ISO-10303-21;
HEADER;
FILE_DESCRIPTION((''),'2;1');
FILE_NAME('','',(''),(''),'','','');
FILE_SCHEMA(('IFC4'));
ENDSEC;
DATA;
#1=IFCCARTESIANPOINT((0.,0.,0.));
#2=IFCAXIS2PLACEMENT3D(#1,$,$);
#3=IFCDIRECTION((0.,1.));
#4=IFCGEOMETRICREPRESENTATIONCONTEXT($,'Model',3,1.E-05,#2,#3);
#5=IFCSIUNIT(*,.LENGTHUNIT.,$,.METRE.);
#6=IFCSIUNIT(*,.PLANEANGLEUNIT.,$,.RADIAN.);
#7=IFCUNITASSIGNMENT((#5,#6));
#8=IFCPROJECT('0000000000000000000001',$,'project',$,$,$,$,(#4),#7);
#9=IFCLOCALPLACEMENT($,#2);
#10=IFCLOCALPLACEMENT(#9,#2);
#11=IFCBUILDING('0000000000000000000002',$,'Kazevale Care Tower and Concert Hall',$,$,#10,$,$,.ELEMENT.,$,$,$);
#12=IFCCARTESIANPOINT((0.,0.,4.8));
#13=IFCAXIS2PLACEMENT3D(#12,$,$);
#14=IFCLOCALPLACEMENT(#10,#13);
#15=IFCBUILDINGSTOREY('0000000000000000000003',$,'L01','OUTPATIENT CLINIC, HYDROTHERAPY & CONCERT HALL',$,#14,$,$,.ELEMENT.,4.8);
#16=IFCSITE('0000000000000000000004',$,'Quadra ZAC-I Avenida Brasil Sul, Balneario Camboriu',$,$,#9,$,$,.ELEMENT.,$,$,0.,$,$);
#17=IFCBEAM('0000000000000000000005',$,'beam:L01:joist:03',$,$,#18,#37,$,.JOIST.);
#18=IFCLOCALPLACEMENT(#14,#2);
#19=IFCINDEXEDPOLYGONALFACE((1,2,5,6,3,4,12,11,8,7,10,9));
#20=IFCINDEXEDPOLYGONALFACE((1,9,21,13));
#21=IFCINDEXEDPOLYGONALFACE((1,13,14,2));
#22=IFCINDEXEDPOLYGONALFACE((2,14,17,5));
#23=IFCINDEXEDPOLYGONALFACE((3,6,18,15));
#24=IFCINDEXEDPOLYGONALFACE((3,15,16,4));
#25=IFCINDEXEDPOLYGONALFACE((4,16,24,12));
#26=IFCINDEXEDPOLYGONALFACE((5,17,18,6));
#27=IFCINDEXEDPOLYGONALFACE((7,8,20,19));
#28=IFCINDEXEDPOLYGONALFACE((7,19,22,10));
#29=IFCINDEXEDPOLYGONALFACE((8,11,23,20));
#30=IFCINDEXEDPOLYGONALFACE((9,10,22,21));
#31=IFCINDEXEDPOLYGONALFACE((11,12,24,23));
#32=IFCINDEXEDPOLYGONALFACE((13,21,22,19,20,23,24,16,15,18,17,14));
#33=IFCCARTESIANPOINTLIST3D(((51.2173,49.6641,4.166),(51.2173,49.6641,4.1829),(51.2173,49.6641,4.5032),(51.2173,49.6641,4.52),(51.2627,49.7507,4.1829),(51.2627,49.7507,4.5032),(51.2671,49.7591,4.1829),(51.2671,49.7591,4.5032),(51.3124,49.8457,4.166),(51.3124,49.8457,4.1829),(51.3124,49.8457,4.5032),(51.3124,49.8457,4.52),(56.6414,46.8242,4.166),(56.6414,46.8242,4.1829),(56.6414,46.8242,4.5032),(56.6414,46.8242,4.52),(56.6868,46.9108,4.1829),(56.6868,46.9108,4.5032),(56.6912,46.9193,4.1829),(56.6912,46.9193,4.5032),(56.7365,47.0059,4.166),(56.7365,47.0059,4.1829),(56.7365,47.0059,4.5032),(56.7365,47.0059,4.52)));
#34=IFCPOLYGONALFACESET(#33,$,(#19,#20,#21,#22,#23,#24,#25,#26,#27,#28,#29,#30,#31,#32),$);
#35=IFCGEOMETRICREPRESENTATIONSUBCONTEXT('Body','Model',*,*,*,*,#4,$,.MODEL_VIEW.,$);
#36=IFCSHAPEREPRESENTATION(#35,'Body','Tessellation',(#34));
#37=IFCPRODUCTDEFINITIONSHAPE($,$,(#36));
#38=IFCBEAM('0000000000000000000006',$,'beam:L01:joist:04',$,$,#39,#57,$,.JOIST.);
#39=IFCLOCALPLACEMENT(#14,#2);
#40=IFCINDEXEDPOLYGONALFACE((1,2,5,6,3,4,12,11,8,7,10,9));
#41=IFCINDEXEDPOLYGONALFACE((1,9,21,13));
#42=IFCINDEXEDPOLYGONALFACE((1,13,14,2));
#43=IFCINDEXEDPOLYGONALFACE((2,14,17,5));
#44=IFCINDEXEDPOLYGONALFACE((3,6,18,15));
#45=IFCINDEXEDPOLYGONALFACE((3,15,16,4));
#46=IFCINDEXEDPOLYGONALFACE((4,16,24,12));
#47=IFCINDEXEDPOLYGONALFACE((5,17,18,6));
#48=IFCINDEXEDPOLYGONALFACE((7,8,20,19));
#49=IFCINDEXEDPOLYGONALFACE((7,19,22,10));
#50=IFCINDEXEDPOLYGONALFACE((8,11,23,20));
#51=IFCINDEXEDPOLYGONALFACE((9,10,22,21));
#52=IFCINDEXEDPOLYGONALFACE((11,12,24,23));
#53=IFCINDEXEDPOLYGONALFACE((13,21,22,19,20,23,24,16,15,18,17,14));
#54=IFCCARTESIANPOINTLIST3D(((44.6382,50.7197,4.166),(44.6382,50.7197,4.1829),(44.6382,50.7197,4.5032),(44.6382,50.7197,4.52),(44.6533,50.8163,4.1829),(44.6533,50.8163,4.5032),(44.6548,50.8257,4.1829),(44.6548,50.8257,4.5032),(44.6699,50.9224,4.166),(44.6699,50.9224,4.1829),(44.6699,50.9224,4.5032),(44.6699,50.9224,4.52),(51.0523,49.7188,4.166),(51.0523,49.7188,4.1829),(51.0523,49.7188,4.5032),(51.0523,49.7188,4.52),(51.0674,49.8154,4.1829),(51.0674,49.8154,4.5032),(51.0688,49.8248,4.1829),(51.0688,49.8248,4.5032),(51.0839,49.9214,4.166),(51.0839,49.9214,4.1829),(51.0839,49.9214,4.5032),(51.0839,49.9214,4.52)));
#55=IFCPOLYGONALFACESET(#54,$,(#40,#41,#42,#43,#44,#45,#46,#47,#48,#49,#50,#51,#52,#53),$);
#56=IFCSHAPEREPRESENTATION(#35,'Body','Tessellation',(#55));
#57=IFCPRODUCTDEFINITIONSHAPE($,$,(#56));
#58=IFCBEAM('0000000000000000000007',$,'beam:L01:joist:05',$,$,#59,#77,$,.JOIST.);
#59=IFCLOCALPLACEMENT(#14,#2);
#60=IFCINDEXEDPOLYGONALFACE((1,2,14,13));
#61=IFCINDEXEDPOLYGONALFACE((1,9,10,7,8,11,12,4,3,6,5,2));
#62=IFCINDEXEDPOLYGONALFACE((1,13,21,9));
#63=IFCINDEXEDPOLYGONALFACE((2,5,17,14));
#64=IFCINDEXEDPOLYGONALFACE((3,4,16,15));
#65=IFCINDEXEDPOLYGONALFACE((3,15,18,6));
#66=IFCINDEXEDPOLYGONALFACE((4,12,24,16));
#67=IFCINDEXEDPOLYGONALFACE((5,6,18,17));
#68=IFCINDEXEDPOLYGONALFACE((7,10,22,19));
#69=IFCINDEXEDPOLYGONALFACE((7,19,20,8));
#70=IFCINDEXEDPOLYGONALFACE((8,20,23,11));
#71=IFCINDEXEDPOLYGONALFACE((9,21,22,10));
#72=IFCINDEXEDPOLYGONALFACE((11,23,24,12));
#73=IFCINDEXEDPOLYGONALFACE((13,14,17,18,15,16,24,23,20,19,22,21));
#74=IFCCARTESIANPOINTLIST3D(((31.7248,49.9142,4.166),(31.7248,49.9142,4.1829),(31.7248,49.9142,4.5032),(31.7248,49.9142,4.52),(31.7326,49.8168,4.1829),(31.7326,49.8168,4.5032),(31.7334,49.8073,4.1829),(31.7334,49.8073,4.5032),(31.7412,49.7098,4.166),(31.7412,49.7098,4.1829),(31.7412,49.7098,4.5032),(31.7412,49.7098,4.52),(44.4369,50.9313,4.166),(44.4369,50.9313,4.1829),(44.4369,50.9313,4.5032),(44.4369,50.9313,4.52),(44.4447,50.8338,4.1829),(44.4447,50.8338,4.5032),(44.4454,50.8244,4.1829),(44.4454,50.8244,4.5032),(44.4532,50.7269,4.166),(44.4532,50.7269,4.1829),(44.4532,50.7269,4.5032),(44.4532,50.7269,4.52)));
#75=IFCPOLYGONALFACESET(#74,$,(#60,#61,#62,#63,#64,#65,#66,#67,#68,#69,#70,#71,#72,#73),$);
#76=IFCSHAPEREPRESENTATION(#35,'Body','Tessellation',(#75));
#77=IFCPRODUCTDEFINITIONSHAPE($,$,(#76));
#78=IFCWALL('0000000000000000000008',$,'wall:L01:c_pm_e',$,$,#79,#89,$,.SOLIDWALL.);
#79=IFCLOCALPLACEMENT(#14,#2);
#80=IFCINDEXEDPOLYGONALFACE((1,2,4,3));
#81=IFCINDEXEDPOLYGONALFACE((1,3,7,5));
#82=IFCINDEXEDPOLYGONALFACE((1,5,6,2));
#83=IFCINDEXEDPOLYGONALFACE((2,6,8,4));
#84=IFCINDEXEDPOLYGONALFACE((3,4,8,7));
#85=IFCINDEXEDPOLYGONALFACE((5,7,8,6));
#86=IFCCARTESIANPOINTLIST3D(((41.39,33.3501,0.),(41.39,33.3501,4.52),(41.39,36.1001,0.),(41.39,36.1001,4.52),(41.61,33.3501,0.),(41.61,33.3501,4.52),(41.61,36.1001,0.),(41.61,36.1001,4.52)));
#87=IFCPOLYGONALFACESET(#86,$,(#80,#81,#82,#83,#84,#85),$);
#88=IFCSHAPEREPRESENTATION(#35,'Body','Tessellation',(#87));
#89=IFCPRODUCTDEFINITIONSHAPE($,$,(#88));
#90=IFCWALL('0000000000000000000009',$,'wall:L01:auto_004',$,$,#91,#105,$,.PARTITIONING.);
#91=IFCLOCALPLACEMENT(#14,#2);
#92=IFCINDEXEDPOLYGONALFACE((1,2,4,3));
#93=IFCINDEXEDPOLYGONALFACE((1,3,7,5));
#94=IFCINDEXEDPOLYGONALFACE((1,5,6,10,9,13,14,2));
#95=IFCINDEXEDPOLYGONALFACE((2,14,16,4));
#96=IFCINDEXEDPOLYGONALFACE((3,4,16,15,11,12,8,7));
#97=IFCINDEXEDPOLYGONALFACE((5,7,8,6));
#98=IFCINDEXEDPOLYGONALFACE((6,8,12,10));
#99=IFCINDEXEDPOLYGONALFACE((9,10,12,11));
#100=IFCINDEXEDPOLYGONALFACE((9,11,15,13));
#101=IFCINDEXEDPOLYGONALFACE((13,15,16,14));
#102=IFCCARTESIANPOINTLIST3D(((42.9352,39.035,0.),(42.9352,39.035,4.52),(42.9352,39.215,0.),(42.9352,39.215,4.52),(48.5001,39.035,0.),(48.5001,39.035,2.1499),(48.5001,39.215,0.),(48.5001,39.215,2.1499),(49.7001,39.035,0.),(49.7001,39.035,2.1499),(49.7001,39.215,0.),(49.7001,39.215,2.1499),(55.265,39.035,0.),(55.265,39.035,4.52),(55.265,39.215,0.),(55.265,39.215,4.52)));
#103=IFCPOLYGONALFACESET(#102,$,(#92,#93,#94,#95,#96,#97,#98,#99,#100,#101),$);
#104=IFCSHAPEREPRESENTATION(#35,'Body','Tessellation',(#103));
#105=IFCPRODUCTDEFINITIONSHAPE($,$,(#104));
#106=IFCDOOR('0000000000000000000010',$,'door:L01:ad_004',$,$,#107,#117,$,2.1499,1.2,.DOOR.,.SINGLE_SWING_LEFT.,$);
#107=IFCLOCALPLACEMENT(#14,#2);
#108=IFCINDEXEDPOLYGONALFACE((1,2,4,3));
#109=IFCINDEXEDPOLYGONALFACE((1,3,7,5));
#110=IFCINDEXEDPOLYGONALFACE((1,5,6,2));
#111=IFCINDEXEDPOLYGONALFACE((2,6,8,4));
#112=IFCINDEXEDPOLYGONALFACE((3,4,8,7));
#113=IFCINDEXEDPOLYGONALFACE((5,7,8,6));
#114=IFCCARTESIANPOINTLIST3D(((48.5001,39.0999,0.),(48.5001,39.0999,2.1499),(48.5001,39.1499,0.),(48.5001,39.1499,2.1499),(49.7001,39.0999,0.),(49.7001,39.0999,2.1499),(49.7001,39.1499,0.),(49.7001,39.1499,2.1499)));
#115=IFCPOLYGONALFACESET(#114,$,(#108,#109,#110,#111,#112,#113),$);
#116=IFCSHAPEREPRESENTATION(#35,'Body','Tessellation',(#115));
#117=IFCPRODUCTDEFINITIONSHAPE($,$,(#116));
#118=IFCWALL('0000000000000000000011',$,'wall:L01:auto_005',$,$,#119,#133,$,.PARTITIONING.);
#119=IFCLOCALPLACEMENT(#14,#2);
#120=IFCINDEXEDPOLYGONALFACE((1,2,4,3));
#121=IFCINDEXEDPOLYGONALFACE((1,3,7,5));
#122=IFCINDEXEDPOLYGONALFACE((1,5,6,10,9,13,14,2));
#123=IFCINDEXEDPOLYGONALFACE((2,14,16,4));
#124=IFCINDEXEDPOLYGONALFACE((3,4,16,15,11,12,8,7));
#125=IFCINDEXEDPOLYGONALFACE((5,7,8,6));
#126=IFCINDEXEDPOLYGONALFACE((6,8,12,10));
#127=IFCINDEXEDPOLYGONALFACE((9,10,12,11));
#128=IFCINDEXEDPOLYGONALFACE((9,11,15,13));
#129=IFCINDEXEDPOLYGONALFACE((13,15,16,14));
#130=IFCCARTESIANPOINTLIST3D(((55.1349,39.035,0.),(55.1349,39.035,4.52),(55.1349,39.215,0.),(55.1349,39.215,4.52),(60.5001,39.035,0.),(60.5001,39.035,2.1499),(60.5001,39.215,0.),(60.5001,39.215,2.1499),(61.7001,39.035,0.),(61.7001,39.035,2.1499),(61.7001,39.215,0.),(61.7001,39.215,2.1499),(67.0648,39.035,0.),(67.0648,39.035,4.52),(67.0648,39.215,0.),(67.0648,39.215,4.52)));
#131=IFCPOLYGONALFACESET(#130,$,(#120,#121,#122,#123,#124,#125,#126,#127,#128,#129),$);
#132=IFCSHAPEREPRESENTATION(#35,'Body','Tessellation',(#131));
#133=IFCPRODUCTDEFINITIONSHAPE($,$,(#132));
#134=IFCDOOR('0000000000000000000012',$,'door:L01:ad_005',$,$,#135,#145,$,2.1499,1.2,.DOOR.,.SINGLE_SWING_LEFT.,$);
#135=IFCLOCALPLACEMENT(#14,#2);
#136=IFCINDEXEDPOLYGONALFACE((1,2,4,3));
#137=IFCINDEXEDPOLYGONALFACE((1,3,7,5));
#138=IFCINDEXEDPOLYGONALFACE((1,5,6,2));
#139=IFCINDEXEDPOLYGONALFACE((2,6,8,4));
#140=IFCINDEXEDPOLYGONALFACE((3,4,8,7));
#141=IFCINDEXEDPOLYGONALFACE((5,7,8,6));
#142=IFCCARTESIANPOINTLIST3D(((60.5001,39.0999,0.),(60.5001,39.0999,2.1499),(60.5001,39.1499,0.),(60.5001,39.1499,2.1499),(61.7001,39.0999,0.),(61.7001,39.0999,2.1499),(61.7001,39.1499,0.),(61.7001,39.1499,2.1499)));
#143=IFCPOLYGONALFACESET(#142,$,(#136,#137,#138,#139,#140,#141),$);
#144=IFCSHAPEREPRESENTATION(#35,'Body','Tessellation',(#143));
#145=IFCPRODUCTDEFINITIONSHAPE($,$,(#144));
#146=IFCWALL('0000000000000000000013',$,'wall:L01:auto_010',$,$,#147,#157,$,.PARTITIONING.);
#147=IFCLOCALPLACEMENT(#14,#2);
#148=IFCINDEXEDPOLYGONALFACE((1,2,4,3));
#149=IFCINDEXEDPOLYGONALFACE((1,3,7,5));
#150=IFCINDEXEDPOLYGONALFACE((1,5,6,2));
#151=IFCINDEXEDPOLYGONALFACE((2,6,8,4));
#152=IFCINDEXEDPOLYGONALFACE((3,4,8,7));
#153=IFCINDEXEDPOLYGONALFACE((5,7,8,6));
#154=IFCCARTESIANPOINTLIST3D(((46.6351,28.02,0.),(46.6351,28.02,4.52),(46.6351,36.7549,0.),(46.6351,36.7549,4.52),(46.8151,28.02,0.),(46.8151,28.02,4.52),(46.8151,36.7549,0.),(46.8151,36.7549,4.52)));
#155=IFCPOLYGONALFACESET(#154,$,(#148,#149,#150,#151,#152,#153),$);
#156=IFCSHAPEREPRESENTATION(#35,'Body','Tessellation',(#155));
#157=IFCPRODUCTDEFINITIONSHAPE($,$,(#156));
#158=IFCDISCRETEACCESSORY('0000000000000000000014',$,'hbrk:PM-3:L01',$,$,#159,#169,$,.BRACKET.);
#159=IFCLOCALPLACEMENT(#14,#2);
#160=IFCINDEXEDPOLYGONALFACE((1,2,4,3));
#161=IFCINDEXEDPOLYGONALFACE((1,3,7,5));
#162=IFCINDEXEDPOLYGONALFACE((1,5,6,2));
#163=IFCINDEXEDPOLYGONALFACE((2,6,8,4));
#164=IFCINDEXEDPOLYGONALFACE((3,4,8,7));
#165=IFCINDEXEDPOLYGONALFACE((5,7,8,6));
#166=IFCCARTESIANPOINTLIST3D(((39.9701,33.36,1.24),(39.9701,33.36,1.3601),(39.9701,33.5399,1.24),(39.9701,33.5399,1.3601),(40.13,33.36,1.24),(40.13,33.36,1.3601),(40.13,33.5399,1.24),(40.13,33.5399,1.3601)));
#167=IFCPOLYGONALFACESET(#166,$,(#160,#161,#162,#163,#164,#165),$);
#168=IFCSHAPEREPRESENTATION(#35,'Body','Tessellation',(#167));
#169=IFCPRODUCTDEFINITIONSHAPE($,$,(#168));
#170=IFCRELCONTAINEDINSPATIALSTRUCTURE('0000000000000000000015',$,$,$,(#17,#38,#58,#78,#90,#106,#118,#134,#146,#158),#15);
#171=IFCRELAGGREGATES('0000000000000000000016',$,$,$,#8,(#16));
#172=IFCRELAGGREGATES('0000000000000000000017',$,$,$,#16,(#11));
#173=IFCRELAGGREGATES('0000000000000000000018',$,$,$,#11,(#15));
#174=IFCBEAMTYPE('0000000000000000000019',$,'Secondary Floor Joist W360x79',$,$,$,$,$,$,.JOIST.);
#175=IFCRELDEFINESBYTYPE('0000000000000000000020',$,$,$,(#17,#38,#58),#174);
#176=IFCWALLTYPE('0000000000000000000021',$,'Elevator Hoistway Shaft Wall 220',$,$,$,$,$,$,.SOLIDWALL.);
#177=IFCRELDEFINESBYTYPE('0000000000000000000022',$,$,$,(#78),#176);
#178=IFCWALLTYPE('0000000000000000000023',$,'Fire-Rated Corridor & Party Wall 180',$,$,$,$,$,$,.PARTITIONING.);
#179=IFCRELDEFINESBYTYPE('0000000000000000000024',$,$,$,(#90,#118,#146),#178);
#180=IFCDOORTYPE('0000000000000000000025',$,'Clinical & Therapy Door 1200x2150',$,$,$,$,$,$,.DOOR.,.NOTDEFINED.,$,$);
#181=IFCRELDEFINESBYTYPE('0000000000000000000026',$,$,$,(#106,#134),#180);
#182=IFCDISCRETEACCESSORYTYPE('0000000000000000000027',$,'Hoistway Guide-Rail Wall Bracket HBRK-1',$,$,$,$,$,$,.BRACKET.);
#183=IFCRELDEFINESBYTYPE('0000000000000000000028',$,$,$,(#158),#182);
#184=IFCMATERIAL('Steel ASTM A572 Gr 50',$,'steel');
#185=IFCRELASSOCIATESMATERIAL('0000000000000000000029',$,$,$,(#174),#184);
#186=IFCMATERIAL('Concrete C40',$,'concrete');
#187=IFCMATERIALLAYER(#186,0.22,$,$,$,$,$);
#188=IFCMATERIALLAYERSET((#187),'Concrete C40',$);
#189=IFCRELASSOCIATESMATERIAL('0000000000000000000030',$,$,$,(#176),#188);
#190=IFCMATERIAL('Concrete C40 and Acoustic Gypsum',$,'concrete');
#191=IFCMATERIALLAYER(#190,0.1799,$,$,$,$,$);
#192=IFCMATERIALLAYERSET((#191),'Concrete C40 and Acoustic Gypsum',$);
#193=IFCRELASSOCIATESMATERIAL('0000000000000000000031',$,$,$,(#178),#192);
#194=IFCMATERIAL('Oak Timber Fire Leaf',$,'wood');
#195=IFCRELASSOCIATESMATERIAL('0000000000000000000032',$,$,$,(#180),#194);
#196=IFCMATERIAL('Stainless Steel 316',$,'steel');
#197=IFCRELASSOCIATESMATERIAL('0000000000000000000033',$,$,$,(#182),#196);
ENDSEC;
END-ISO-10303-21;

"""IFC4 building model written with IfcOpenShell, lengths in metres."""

from ifc_helpers import new_model, si_unit, direction, frame, frame_2d, origin, origin_2d, place, context, subcontext, project, spatial, rectangle, i_section, extrude, material, layer, layer_set, material_profile, profile_set, type_object, element, fill, save


model = new_model("IFC4")

# Units and contexts
model_context = context("Model", 3, precision=1e-05, world=origin(), true_north=direction((0.0, 1.0)))
body_context = subcontext(model_context, "Body", "Model", "MODEL_VIEW")
ifc_project = project(units=[si_unit("LENGTHUNIT", "METRE"), si_unit("PLANEANGLEUNIT", "RADIAN")], contexts=[model_context])

# Site, building, storey
site_placement = place(None, origin())
site = spatial("IfcSite", under=ifc_project, at=site_placement, Name="Quadra ZAC-I Avenida Brasil Sul, Balneario Camboriu", CompositionType="ELEMENT", RefElevation=0.0)
building_placement = place(site_placement, origin())
building = spatial("IfcBuilding", under=site, at=building_placement, Name="Kazevale Care Tower and Concert Hall", CompositionType="ELEMENT")
storey_placement = place(building_placement, frame((0.0, 0.0, 4.8)))
storey = spatial("IfcBuildingStorey", under=building, at=storey_placement, Name="L01", Description="OUTPATIENT CLINIC, HYDROTHERAPY & CONCERT HALL", CompositionType="ELEMENT", Elevation=4.8)

# Beams
ifc_material_1 = material(Name="Steel ASTM A572 Gr 50", Category="steel")
ifc_material_profile_1 = material_profile(ifc_material_1, i_section(OverallWidth=0.2051, OverallDepth=0.354, WebThickness=0.0095, FlangeThickness=0.0168, at=origin_2d()), Name="W360x79")
ifc_profile_set_1 = profile_set([ifc_material_profile_1], Name="Steel ASTM A572 Gr 50")
beam_type_1 = type_object("IfcBeamType", Name="Secondary Floor Joist W360x79", PredefinedType="JOIST", material=ifc_profile_set_1)
beam_1_placement = place(storey_placement, frame((56.689, 46.915, 4.343), z_axis=(-0.885921, 0.463836, 0.0), x_axis=(-0.463836, -0.885921, 0.0)))
element("IfcBeam", 1, at=beam_1_placement, inside=storey, type_object=beam_type_1, Name="beam:L01:joist:03", PredefinedType="JOIST", context=body_context, shape_type="SweptSolid", body=[
    extrude(i_section(OverallWidth=0.2051, OverallDepth=0.354, WebThickness=0.0095, FlangeThickness=0.0168, at=origin_2d()), origin(), (0.0, 0.0, 1.0), 6.1226),
])
beam_2_placement = place(storey_placement, frame((51.0681, 49.8201, 4.343), z_axis=(-0.988041, 0.154193, 0.0), x_axis=(-0.154193, -0.988041, 0.0)))
element("IfcBeam", 2, at=beam_2_placement, inside=storey, type_object=beam_type_1, Name="beam:L01:joist:04", PredefinedType="JOIST", context=body_context, shape_type="SweptSolid", body=[
    extrude(i_section(OverallWidth=0.2051, OverallDepth=0.354, WebThickness=0.0095, FlangeThickness=0.0168, at=origin_2d()), origin(), (0.0, 0.0, 1.0), 6.4917),
])
beam_3_placement = place(storey_placement, frame((44.4451, 50.8291, 4.343), z_axis=(-0.996815, -0.079754, 0.0), x_axis=(0.079754, -0.996815, 0.0)))
element("IfcBeam", 3, at=beam_3_placement, inside=storey, type_object=beam_type_1, Name="beam:L01:joist:05", PredefinedType="JOIST", context=body_context, shape_type="SweptSolid", body=[
    extrude(i_section(OverallWidth=0.2051, OverallDepth=0.354, WebThickness=0.0095, FlangeThickness=0.0168, at=origin_2d()), origin(), (0.0, 0.0, 1.0), 12.7527),
])

# Wall
ifc_material_2 = material(Name="Concrete C40", Category="concrete")
ifc_layer_1 = layer(ifc_material_2, 0.22)
ifc_layer_set_1 = layer_set([ifc_layer_1], Name="Concrete C40")
wall_type_1 = type_object("IfcWallType", Name="Elevator Hoistway Shaft Wall 220", PredefinedType="SOLIDWALL", material=ifc_layer_set_1)
wall_1_placement = place(storey_placement, frame((41.5, 33.3501, 0.0), z_axis=(0.0, 0.0, 1.0), x_axis=(0.0, 1.0, 0.0)))
element("IfcWall", 4, at=wall_1_placement, inside=storey, type_object=wall_type_1, Name="wall:L01:c_pm_e", PredefinedType="SOLIDWALL", context=body_context, shape_type="SweptSolid", body=[
    extrude(rectangle(XDim=2.75, YDim=0.22, at=frame_2d((1.375, 0.0))), origin(), (0.0, 0.0, 1.0), 4.52),
])

# Walls, openings, doors
ifc_material_3 = material(Name="Concrete C40 and Acoustic Gypsum", Category="concrete")
ifc_layer_2 = layer(ifc_material_3, 0.1799)
ifc_layer_set_2 = layer_set([ifc_layer_2], Name="Concrete C40 and Acoustic Gypsum")
wall_type_2 = type_object("IfcWallType", Name="Fire-Rated Corridor & Party Wall 180", PredefinedType="PARTITIONING", material=ifc_layer_set_2)
wall_2_placement = place(storey_placement, frame((42.9351, 39.125, 0.0), z_axis=(0.0, 0.0, 1.0), x_axis=(1.0, 0.0, 0.0)))
wall_2 = element("IfcWall", 5, at=wall_2_placement, inside=storey, type_object=wall_type_2, Name="wall:L01:auto_004", PredefinedType="PARTITIONING", context=body_context, shape_type="SweptSolid", body=[
    extrude(rectangle(XDim=12.3298, YDim=0.1799, at=frame_2d((6.165, 0.0))), origin(), (0.0, 0.0, 1.0), 4.52),
])
opening_1_placement = place(wall_2_placement, frame((5.5649, 0.0, 0.0)))
opening_1 = element("IfcOpeningElement", 6, at=opening_1_placement, cuts=wall_2, PredefinedType="OPENING", context=body_context, shape_type="SweptSolid", body=[
    extrude(rectangle(XDim=1.2, YDim=2.1499, at=frame_2d((0.6001, 1.075))), frame((0.0, 0.0999, 0.0), z_axis=(0.0, -1.0, 0.0), x_axis=(1.0, 0.0, 0.0)), (0.0, 0.0, 1.0), 0.2),
])
ifc_material_4 = material(Name="Oak Timber Fire Leaf", Category="wood")
door_type = type_object("IfcDoorType", Name="Clinical & Therapy Door 1200x2150", OperationType="NOTDEFINED", PredefinedType="DOOR", material=ifc_material_4)
door_1_placement = place(opening_1_placement, origin())
door_1 = element("IfcDoor", 7, at=door_1_placement, inside=storey, type_object=door_type, Name="door:L01:ad_004", OperationType="SINGLE_SWING_LEFT", OverallHeight=2.1499, OverallWidth=1.2, PredefinedType="DOOR", context=body_context, shape_type="SweptSolid", body=[
    extrude(rectangle(XDim=1.2, YDim=2.1499, at=frame_2d((0.6001, 1.075))), frame((0.0, 0.0249, 0.0), z_axis=(0.0, -1.0, 0.0), x_axis=(1.0, 0.0, 0.0)), (0.0, 0.0, 1.0), 0.05),
])
fill(opening_1, door_1)
wall_3_placement = place(storey_placement, frame((55.135, 39.125, 0.0), z_axis=(0.0, 0.0, 1.0), x_axis=(1.0, 0.0, 0.0)))
wall_3 = element("IfcWall", 8, at=wall_3_placement, inside=storey, type_object=wall_type_2, Name="wall:L01:auto_005", PredefinedType="PARTITIONING", context=body_context, shape_type="SweptSolid", body=[
    extrude(rectangle(XDim=11.9299, YDim=0.1799, at=frame_2d((5.9648, 0.0))), origin(), (0.0, 0.0, 1.0), 4.52),
])
opening_2_placement = place(wall_3_placement, frame((5.365, 0.0, 0.0)))
opening_2 = element("IfcOpeningElement", 9, at=opening_2_placement, cuts=wall_3, PredefinedType="OPENING", context=body_context, shape_type="SweptSolid", body=[
    extrude(rectangle(XDim=1.2, YDim=2.1499, at=frame_2d((0.6001, 1.075))), frame((0.0, 0.0999, 0.0), z_axis=(0.0, -1.0, 0.0), x_axis=(1.0, 0.0, 0.0)), (0.0, 0.0, 1.0), 0.2),
])
door_2_placement = place(opening_2_placement, origin())
door_2 = element("IfcDoor", 10, at=door_2_placement, inside=storey, type_object=door_type, Name="door:L01:ad_005", OperationType="SINGLE_SWING_LEFT", OverallHeight=2.1499, OverallWidth=1.2, PredefinedType="DOOR", context=body_context, shape_type="SweptSolid", body=[
    extrude(rectangle(XDim=1.2, YDim=2.1499, at=frame_2d((0.6001, 1.075))), frame((0.0, 0.0249, 0.0), z_axis=(0.0, -1.0, 0.0), x_axis=(1.0, 0.0, 0.0)), (0.0, 0.0, 1.0), 0.05),
])
fill(opening_2, door_2)

# Wall
wall_4_placement = place(storey_placement, frame((46.7251, 36.7549, 0.0), z_axis=(0.0, 0.0, 1.0), x_axis=(0.0, -1.0, 0.0)))
element("IfcWall", 11, at=wall_4_placement, inside=storey, type_object=wall_type_2, Name="wall:L01:auto_010", PredefinedType="PARTITIONING", context=body_context, shape_type="SweptSolid", body=[
    extrude(rectangle(XDim=8.7349, YDim=0.1799, at=frame_2d((4.3674, 0.0))), origin(), (0.0, 0.0, 1.0), 4.52),
])

# Discrete accessory
ifc_material_5 = material(Name="Stainless Steel 316", Category="steel")
discrete_accessory_type = type_object("IfcDiscreteAccessoryType", Name="Hoistway Guide-Rail Wall Bracket HBRK-1", PredefinedType="BRACKET", material=ifc_material_5)
discrete_accessory_placement = place(storey_placement, frame((40.05, 33.45, 1.24), z_axis=(0.0, 0.0, 1.0), x_axis=(1.0, 0.0, 0.0)))
element("IfcDiscreteAccessory", 12, at=discrete_accessory_placement, inside=storey, type_object=discrete_accessory_type, Name="hbrk:PM-3:L01", PredefinedType="BRACKET", context=body_context, shape_type="SweptSolid", body=[
    extrude(rectangle(XDim=0.1599, YDim=0.1799, at=origin_2d()), origin(), (0.0, 0.0, 1.0), 0.1201),
])

save(model, "model.ifc")
